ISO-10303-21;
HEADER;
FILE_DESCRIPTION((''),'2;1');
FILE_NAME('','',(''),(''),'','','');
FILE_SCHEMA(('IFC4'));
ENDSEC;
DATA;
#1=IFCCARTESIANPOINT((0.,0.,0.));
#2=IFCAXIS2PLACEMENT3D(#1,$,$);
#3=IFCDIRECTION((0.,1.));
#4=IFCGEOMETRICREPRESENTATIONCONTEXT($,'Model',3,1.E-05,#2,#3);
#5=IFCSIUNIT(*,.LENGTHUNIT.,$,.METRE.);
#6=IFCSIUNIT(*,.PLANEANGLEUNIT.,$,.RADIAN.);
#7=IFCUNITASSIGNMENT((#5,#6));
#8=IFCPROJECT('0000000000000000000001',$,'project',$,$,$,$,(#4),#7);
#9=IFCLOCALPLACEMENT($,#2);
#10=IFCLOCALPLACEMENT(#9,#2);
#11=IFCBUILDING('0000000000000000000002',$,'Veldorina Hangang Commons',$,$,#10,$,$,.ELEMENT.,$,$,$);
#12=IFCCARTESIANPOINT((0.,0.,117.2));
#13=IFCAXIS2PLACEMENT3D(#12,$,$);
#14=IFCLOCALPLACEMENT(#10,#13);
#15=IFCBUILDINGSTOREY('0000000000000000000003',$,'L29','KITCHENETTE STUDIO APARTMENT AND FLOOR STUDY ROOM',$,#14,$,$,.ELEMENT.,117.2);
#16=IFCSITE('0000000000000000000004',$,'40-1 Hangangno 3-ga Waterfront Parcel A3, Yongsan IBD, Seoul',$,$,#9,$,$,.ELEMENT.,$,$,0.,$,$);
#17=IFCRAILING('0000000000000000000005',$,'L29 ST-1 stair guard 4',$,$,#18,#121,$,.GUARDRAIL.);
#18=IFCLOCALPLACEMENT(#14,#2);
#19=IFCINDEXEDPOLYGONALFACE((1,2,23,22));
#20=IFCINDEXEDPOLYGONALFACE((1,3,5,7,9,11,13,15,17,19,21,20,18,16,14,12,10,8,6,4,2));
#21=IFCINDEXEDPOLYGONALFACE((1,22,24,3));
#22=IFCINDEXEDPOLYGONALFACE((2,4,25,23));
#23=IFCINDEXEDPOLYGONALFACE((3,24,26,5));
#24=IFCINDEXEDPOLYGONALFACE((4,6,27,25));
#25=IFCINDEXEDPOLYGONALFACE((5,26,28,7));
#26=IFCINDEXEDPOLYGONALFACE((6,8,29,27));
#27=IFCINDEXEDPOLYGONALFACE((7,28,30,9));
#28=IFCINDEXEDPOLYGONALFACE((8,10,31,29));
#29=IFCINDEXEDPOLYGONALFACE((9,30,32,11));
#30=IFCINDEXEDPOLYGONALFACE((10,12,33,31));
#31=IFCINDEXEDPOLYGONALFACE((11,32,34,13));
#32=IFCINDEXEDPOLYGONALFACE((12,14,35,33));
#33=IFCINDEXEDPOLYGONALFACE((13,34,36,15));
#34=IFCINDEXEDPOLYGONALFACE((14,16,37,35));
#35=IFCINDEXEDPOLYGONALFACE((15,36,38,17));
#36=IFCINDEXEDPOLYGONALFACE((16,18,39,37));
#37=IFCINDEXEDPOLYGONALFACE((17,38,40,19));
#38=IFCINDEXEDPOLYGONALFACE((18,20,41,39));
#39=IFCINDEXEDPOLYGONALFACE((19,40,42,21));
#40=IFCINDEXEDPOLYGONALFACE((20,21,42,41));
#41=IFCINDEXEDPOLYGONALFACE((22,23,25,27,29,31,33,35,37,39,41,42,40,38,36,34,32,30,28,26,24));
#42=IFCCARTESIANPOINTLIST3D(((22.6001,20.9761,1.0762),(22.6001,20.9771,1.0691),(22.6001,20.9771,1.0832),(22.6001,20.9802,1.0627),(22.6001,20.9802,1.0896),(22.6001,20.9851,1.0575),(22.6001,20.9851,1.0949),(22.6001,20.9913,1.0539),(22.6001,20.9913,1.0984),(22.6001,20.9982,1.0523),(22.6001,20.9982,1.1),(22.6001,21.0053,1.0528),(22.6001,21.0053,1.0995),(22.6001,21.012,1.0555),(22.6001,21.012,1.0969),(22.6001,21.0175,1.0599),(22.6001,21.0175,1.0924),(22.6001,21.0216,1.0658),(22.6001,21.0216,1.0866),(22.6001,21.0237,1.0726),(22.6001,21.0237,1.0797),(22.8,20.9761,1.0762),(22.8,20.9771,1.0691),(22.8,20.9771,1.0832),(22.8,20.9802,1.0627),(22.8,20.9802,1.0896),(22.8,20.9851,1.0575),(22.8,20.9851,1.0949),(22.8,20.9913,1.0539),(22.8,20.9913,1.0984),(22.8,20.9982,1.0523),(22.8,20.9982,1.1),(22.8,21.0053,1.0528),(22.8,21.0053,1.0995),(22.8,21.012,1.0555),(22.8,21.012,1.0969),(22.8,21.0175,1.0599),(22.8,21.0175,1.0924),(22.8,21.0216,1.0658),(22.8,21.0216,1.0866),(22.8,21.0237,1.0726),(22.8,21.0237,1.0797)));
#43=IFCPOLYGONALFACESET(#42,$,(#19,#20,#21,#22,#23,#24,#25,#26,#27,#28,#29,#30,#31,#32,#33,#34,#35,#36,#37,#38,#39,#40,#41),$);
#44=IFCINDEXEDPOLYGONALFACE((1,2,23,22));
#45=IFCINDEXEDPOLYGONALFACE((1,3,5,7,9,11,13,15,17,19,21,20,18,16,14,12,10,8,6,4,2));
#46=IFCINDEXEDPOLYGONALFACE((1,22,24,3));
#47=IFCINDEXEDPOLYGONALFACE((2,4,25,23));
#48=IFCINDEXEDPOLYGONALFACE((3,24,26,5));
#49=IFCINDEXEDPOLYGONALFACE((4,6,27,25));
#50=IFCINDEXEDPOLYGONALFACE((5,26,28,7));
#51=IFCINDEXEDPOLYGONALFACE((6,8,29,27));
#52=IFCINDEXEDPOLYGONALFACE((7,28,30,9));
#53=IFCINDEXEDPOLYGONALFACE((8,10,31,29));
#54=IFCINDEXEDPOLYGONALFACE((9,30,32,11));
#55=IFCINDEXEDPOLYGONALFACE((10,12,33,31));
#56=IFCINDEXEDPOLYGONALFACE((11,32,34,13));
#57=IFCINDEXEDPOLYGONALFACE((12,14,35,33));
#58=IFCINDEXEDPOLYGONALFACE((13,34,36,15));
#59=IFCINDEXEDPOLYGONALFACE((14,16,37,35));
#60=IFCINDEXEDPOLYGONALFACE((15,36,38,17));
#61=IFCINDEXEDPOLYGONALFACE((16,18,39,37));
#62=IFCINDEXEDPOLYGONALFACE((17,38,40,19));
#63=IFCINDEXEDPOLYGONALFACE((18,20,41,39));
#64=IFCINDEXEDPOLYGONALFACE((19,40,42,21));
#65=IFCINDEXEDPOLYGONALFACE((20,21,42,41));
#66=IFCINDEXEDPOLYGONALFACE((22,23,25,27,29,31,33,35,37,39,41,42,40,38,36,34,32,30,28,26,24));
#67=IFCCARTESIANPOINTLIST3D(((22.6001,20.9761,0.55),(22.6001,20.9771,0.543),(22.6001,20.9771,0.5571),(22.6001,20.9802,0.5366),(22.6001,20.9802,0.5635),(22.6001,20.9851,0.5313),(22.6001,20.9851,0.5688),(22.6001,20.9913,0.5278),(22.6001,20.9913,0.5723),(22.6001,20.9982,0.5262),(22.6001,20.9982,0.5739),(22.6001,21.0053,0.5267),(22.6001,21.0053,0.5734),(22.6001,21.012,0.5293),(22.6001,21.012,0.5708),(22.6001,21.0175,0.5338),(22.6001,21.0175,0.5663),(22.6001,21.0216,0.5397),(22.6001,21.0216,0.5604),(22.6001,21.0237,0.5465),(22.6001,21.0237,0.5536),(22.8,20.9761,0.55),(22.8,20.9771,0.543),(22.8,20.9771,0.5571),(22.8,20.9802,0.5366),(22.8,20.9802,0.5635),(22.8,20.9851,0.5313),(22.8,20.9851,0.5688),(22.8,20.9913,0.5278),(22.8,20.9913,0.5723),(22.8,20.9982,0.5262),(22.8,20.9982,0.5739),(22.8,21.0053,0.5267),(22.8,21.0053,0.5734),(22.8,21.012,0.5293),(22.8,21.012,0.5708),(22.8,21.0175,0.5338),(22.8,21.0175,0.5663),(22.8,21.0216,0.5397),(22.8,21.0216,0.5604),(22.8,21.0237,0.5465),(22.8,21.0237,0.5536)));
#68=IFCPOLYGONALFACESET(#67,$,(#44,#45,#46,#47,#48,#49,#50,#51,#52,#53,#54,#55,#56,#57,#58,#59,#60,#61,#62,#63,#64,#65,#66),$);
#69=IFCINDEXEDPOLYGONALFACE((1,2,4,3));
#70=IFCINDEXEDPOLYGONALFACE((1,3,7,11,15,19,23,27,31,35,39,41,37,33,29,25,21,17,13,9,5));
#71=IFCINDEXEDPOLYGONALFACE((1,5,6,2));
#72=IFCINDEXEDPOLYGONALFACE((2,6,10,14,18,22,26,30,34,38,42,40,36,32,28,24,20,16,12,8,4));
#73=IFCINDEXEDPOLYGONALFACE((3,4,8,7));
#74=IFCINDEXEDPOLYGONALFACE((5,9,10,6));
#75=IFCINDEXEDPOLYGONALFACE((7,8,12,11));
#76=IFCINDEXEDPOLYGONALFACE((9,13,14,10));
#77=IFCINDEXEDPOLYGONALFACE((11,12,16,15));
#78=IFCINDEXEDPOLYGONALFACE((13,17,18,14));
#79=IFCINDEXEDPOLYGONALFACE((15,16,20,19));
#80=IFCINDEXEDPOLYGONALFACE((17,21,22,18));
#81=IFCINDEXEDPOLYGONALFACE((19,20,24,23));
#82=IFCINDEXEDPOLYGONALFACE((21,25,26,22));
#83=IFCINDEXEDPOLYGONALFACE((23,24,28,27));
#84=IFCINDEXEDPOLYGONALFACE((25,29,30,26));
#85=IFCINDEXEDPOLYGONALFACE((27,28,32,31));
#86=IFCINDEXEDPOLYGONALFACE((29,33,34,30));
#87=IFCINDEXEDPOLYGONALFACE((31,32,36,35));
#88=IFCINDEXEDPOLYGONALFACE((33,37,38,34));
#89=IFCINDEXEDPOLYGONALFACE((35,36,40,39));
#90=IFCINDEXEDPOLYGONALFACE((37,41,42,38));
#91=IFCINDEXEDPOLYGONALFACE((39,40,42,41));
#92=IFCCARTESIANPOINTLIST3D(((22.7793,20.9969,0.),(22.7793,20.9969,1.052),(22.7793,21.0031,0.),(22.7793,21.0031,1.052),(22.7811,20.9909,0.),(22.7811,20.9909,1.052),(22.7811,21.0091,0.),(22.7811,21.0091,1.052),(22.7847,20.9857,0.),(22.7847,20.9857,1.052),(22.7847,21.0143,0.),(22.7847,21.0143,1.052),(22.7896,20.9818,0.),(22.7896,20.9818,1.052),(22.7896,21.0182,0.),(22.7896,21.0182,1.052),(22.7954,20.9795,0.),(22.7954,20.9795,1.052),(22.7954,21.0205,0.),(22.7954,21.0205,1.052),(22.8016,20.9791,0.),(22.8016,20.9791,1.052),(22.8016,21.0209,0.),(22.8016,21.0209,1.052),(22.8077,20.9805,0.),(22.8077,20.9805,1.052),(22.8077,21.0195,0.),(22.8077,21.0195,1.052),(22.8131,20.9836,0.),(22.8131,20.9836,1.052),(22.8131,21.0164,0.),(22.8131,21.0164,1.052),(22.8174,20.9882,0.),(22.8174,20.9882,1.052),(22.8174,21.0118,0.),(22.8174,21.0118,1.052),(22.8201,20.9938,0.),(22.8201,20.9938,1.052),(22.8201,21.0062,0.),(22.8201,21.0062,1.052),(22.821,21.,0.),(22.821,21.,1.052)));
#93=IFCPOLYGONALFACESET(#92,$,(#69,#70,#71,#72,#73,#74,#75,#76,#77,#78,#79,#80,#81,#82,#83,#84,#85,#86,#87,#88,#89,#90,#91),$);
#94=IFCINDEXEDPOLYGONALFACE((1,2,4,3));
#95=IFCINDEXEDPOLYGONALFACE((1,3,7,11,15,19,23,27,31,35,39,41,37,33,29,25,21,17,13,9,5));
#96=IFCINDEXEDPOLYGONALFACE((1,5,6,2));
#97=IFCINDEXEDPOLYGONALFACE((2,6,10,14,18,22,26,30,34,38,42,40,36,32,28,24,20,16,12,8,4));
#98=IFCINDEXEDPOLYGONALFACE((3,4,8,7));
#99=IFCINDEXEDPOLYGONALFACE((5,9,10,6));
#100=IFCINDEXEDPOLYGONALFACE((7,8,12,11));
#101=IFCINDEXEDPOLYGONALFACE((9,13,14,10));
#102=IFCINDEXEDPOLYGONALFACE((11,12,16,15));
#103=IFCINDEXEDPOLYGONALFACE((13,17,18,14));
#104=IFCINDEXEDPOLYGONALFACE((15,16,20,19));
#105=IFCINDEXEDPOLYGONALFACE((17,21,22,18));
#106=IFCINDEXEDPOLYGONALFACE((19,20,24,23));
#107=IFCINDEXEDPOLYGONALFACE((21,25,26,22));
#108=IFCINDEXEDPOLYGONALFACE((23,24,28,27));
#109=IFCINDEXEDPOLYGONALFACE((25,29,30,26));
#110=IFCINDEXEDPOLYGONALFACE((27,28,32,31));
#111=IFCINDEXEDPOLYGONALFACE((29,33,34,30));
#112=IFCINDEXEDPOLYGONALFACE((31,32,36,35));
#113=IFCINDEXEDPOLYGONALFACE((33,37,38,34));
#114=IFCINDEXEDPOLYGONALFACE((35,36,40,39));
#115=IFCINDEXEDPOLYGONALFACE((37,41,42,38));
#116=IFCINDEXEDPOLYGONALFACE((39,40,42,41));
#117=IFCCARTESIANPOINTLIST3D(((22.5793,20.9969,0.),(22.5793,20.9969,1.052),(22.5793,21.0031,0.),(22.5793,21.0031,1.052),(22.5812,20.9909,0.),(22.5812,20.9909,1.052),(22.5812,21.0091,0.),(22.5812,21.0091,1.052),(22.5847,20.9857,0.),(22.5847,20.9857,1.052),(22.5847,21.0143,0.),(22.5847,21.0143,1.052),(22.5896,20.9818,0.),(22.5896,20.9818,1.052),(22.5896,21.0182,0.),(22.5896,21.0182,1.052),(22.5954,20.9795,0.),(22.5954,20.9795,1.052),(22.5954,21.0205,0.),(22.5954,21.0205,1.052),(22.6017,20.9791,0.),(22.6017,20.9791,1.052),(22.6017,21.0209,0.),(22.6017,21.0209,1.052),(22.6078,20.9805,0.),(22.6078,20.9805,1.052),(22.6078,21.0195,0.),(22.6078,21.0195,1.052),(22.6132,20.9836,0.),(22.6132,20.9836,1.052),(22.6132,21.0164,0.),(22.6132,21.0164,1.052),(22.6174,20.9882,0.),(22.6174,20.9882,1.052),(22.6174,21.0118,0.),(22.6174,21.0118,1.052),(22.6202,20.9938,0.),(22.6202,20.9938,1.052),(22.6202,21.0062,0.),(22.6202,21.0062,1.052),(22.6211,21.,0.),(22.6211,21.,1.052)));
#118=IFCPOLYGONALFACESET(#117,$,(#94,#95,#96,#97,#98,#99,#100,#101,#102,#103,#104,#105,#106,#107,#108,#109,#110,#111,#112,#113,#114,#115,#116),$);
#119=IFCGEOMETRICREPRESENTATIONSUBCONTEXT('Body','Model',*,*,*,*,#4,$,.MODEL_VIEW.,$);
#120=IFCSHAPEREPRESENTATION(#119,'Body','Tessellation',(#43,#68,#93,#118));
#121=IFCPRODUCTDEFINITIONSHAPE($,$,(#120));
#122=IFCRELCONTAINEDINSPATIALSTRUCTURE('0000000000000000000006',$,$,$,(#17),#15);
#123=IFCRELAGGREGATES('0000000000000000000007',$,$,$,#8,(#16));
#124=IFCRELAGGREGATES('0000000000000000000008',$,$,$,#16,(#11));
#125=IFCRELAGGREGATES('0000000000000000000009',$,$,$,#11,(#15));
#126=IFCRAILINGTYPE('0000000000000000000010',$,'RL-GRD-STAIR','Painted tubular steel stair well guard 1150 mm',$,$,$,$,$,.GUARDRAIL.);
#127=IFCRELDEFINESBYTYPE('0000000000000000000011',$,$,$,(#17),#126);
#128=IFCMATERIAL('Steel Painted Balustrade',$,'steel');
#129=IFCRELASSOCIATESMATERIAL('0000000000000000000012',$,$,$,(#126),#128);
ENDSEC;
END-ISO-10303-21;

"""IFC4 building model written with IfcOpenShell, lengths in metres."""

from ifc_helpers import new_model, si_unit, direction, frame, origin, origin_2d, place, context, subcontext, project, spatial, circle, extrude, material, type_object, element, save


model = new_model("IFC4")

# Units and contexts
model_context = context("Model", 3, precision=1e-05, world=origin(), true_north=direction((0.0, 1.0)))
body_context = subcontext(model_context, "Body", "Model", "MODEL_VIEW")
ifc_project = project(units=[si_unit("LENGTHUNIT", "METRE"), si_unit("PLANEANGLEUNIT", "RADIAN")], contexts=[model_context])

# Site, building, storey
site_placement = place(None, origin())
site = spatial("IfcSite", under=ifc_project, at=site_placement, Name="40-1 Hangangno 3-ga Waterfront Parcel A3, Yongsan IBD, Seoul", CompositionType="ELEMENT", RefElevation=0.0)
building_placement = place(site_placement, origin())
building = spatial("IfcBuilding", under=site, at=building_placement, Name="Veldorina Hangang Commons", CompositionType="ELEMENT")
storey_placement = place(building_placement, frame((0.0, 0.0, 117.2)))
storey = spatial("IfcBuildingStorey", under=building, at=storey_placement, Name="L29", Description="KITCHENETTE STUDIO APARTMENT AND FLOOR STUDY ROOM", CompositionType="ELEMENT", Elevation=117.2)

# Railing
ifc_material_1 = material(Name="Steel Painted Balustrade", Category="steel")
railing_type_1 = type_object("IfcRailingType", Name="RL-GRD-STAIR", Description="Painted tubular steel stair well guard 1150 mm", PredefinedType="GUARDRAIL", material=ifc_material_1)
railing_1_placement = place(storey_placement, frame((22.8, 21.0, 0.0)))
element("IfcRailing", 1, at=railing_1_placement, inside=storey, type_object=railing_type_1, Name="L29 ST-1 stair guard 4", PredefinedType="GUARDRAIL", context=body_context, shape_type="SweptSolid", body=[
    extrude(circle(Radius=0.0239, at=origin_2d()), frame((0.0, 0.0, 1.0762), z_axis=(-1.0, 0.0, 0.0), x_axis=(0.0, -1.0, 0.0)), (0.0, 0.0, 1.0), 0.2),
    extrude(circle(Radius=0.0239, at=origin_2d()), frame((0.0, 0.0, 0.55), z_axis=(-1.0, 0.0, 0.0), x_axis=(0.0, -1.0, 0.0)), (0.0, 0.0, 1.0), 0.2),
    extrude(circle(Radius=0.021, at=origin_2d()), origin(), (0.0, 0.0, 1.0), 1.052),
    extrude(circle(Radius=0.021, at=origin_2d()), frame((-0.2, 0.0, 0.0)), (0.0, 0.0, 1.0), 1.052),
])

save(model, "model.ifc")
